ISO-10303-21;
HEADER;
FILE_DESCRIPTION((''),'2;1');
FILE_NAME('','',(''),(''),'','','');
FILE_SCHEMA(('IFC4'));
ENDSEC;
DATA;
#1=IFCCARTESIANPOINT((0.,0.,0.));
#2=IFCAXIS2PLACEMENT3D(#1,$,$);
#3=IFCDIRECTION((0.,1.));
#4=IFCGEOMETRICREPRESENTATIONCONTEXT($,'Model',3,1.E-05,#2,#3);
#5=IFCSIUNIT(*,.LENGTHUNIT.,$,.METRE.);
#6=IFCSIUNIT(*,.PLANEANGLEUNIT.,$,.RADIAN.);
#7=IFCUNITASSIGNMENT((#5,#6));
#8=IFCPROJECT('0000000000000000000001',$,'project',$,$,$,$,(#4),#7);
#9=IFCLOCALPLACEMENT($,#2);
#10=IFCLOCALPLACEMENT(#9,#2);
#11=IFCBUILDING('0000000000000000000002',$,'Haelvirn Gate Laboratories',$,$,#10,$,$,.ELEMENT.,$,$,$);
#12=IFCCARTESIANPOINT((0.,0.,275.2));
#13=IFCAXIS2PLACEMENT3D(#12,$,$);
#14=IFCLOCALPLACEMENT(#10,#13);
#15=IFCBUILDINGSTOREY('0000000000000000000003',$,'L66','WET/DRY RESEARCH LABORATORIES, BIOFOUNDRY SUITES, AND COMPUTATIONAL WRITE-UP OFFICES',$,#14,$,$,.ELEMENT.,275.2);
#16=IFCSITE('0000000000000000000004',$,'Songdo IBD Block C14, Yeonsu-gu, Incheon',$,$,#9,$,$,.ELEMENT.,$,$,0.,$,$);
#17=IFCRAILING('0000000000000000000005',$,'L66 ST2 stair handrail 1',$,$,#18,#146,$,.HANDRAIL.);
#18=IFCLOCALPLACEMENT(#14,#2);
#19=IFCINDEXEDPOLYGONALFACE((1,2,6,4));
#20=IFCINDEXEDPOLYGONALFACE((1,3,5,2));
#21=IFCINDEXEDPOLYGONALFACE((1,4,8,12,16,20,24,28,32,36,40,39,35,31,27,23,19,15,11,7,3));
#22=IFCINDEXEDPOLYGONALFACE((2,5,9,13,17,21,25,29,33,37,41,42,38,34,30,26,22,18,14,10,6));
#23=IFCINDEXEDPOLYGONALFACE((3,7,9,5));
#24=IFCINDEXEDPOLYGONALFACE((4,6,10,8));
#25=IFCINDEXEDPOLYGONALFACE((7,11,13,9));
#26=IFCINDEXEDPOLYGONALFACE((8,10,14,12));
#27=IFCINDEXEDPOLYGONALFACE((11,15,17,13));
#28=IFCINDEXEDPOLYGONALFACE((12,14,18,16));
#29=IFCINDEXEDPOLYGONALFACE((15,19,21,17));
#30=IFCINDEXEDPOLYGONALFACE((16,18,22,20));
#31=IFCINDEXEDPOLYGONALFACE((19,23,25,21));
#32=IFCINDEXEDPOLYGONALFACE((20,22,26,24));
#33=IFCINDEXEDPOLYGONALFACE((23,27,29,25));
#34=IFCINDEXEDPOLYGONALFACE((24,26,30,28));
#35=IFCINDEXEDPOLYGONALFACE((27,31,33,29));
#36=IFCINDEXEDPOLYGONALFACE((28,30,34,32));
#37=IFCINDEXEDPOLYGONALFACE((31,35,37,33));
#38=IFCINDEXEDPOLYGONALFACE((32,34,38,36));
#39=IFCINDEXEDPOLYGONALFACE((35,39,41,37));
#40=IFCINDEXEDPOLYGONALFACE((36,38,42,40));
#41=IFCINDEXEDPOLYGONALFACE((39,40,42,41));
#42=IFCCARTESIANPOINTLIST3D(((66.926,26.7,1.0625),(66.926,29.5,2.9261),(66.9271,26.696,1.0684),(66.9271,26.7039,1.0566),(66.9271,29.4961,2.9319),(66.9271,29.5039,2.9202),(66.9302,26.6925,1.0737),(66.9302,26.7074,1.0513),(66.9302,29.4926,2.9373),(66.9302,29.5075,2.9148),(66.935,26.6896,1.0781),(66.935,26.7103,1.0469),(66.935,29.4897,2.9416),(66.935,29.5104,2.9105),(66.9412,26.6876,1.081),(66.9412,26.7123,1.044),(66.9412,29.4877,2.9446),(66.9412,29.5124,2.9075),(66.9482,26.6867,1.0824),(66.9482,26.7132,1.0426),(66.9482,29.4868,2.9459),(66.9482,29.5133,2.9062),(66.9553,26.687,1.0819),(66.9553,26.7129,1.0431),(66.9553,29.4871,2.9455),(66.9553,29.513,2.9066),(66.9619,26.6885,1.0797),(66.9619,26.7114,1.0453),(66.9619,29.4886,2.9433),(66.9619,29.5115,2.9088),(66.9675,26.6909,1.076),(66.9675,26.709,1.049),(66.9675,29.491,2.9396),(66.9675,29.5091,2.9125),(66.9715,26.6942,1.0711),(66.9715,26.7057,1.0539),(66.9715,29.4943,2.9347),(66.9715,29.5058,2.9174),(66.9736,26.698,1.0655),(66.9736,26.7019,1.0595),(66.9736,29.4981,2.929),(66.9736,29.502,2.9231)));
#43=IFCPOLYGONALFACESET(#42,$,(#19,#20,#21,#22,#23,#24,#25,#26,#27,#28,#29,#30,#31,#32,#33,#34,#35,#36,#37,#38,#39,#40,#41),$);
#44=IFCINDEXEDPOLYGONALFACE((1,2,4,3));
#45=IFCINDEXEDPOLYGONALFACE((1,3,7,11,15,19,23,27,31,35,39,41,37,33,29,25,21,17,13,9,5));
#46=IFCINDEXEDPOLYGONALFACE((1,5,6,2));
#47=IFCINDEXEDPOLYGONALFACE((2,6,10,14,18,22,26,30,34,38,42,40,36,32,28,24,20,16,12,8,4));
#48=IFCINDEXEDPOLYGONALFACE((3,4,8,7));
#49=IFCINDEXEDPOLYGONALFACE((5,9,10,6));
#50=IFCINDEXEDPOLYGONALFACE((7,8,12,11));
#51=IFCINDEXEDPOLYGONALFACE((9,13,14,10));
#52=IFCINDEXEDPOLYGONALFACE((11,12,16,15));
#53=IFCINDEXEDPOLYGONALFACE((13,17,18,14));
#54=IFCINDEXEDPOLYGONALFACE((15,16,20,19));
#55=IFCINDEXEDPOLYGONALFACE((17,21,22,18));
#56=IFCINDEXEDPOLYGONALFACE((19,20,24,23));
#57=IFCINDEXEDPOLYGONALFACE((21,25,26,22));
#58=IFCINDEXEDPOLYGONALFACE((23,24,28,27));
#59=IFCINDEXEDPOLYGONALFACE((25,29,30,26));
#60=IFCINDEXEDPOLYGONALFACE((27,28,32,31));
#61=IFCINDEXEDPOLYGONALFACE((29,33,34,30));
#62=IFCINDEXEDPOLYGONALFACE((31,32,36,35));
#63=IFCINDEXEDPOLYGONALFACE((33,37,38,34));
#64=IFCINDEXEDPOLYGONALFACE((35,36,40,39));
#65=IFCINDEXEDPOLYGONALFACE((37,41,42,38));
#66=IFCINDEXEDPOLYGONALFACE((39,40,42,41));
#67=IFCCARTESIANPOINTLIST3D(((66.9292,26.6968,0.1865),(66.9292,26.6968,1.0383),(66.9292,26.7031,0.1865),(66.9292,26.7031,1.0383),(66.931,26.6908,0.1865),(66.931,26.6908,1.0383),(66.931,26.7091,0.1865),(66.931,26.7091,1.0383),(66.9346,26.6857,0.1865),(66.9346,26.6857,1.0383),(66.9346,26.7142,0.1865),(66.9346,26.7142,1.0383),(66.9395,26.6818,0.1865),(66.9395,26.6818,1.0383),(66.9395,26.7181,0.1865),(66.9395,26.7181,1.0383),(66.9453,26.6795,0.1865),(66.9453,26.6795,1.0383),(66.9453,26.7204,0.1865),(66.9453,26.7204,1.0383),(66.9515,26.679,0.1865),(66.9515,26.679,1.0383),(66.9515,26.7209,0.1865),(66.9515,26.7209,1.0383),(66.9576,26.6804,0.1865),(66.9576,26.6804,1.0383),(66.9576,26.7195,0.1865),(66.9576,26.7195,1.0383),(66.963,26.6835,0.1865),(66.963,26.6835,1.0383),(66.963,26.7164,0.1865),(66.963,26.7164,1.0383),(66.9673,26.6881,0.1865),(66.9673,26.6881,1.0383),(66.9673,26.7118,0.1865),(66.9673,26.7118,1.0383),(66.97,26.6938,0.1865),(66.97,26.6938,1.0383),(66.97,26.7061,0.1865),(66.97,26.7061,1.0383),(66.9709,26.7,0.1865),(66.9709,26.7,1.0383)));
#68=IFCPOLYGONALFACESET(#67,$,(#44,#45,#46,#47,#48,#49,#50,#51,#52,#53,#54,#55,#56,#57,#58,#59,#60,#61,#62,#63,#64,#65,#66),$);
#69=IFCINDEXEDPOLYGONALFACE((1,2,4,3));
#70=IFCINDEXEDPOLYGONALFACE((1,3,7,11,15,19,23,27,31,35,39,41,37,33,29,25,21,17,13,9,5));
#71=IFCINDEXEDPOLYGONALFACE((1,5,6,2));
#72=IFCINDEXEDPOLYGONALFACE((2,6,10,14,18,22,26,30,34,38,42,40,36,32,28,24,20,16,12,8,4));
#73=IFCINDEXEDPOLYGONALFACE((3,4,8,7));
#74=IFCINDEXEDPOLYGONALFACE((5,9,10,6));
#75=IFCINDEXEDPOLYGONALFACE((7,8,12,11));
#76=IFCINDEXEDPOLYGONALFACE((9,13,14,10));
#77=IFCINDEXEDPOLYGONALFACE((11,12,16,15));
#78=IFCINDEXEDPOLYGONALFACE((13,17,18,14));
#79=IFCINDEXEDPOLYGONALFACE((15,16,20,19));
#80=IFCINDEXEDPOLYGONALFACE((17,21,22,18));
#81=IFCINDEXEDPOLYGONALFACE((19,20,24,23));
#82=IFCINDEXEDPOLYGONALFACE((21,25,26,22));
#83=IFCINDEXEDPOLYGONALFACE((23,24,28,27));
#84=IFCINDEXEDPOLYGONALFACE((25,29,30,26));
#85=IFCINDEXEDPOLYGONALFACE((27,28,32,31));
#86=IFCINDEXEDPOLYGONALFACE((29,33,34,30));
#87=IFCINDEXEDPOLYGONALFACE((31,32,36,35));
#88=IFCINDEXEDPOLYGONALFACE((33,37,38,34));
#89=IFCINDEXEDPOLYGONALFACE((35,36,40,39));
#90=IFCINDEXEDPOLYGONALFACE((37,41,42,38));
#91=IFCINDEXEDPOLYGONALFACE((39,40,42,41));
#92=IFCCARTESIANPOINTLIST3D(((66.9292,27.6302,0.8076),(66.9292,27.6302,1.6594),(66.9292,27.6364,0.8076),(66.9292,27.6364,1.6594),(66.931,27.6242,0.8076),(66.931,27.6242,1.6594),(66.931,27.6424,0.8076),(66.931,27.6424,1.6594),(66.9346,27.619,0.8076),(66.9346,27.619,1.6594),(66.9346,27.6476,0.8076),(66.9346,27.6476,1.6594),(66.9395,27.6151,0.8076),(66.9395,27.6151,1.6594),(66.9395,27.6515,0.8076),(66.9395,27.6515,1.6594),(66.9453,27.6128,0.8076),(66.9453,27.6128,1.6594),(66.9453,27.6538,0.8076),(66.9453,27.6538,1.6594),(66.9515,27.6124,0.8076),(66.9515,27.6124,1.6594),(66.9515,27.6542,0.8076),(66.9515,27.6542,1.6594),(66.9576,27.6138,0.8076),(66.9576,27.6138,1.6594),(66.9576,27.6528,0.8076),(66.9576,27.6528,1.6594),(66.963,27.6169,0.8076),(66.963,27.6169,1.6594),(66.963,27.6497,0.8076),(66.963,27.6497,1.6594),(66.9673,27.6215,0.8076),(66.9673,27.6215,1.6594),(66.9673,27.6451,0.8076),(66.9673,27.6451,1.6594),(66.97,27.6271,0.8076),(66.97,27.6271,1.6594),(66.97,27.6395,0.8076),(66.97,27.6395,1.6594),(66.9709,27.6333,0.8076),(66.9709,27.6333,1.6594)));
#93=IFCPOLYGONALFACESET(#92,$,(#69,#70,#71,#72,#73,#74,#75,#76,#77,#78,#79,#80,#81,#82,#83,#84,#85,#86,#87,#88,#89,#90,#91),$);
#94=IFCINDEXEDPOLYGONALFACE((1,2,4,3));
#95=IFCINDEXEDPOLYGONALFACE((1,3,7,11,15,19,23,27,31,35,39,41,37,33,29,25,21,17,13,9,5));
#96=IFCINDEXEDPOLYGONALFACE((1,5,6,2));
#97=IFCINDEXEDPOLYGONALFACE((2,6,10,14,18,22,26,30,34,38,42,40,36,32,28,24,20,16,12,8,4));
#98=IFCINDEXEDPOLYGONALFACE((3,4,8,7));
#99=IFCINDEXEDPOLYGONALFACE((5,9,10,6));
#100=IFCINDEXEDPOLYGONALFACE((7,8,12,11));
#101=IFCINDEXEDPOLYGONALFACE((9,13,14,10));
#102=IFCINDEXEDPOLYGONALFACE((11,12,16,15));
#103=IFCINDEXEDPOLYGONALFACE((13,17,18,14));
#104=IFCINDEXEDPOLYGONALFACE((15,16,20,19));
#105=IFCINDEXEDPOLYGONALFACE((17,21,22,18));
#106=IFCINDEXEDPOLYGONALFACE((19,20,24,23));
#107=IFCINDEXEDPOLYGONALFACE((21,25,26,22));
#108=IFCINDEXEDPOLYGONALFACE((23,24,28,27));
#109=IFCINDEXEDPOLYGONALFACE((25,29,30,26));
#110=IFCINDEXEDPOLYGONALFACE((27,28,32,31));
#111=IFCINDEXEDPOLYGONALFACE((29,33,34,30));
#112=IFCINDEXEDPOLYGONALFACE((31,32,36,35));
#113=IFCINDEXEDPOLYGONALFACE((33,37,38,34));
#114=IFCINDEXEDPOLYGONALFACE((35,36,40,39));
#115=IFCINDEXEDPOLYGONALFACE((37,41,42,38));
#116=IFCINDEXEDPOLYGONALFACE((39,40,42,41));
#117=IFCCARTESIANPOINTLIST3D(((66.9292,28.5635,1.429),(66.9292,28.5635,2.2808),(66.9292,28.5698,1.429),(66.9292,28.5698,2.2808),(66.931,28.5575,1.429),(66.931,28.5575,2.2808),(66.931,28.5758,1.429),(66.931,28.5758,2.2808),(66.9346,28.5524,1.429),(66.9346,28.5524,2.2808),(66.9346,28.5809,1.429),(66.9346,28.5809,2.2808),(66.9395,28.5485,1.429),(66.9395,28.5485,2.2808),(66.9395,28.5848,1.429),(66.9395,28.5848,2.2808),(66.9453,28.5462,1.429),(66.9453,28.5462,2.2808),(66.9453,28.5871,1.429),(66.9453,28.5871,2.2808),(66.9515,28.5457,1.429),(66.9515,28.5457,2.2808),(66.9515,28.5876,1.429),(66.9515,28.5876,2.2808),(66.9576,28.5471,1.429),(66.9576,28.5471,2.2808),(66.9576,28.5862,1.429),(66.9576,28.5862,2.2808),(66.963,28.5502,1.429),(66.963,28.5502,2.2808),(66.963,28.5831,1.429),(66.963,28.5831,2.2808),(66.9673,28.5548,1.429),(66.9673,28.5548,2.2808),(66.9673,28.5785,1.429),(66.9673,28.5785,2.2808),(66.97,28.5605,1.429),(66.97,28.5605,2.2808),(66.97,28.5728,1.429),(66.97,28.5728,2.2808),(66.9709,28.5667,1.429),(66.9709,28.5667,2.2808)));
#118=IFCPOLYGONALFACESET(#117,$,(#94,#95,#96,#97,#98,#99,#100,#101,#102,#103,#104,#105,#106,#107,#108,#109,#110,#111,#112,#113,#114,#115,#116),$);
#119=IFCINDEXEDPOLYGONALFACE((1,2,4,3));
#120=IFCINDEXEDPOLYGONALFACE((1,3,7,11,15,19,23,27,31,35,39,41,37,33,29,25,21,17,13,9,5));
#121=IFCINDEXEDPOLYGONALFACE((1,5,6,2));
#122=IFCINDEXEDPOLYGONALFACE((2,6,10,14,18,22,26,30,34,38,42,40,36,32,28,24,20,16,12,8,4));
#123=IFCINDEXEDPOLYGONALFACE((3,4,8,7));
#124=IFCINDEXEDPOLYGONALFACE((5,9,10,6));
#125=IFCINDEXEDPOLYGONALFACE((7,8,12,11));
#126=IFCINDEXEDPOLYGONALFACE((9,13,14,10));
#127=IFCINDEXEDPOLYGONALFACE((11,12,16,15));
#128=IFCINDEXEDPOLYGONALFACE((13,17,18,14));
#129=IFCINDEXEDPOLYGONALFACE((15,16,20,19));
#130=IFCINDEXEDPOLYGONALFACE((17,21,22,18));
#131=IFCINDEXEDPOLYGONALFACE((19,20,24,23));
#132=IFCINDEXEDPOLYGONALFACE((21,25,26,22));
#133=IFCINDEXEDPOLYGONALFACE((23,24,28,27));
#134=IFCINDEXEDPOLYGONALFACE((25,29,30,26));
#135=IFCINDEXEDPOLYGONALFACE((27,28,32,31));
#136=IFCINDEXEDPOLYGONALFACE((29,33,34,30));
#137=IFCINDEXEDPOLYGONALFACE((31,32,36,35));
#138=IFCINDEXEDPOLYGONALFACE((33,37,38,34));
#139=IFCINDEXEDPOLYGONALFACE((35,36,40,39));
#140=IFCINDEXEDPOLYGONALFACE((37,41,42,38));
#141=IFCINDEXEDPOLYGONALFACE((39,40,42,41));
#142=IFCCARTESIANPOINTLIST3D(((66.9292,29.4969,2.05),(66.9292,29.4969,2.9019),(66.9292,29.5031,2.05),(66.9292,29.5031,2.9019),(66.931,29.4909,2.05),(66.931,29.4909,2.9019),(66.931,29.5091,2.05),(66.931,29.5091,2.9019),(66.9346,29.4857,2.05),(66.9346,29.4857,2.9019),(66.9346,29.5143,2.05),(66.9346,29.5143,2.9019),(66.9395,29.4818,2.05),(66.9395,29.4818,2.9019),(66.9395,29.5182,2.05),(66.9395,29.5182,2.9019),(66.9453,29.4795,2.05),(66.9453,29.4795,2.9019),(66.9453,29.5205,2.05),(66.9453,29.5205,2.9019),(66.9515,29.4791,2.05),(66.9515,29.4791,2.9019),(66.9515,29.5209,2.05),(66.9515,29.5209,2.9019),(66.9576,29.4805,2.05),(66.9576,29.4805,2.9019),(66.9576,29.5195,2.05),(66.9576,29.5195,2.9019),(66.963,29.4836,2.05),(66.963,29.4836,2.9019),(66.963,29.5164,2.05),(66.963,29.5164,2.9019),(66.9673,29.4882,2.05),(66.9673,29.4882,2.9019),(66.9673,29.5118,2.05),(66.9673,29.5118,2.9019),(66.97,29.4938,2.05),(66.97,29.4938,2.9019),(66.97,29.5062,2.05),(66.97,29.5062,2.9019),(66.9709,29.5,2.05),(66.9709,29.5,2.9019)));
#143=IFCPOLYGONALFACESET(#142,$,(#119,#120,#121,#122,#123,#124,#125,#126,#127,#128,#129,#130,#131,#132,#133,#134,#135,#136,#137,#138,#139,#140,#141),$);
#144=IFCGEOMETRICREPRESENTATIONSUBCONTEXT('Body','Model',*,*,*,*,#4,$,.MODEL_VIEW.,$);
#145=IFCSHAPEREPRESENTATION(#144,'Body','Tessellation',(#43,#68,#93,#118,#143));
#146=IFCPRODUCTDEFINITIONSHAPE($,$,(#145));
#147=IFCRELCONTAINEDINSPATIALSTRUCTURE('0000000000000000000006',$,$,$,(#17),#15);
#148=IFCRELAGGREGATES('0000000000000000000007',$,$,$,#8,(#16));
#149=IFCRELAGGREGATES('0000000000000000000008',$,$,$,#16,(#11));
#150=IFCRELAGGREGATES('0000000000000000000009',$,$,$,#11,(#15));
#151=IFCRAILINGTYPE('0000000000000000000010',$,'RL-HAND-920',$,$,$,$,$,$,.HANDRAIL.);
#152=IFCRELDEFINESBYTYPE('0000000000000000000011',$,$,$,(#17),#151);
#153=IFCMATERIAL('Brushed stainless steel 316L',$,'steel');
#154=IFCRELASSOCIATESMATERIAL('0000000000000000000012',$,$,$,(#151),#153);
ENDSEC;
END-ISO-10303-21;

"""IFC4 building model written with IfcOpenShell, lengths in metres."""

from ifc_helpers import new_model, si_unit, direction, frame, origin, origin_2d, place, context, subcontext, project, spatial, circle, extrude, source, transform, mapped, material, type_object, element, save


model = new_model("IFC4")

# Units and contexts
model_context = context("Model", 3, precision=1e-05, world=origin(), true_north=direction((0.0, 1.0)))
body_context = subcontext(model_context, "Body", "Model", "MODEL_VIEW")
ifc_project = project(units=[si_unit("LENGTHUNIT", "METRE"), si_unit("PLANEANGLEUNIT", "RADIAN")], contexts=[model_context])

# Site, building, storey
site_placement = place(None, origin())
site = spatial("IfcSite", under=ifc_project, at=site_placement, Name="Songdo IBD Block C14, Yeonsu-gu, Incheon", CompositionType="ELEMENT", RefElevation=0.0)
building_placement = place(site_placement, origin())
building = spatial("IfcBuilding", under=site, at=building_placement, Name="Haelvirn Gate Laboratories", CompositionType="ELEMENT")
storey_placement = place(building_placement, frame((0.0, 0.0, 275.2)))
storey = spatial("IfcBuildingStorey", under=building, at=storey_placement, Name="L66", Description="WET/DRY RESEARCH LABORATORIES, BIOFOUNDRY SUITES, AND COMPUTATIONAL WRITE-UP OFFICES", CompositionType="ELEMENT", Elevation=275.2)

# Railing
ifc_material_1 = material(Name="Brushed stainless steel 316L", Category="steel")
railing_type_1 = type_object("IfcRailingType", Name="RL-HAND-920", PredefinedType="HANDRAIL", material=ifc_material_1)
shared_shape_1 = source(origin(), body_context, "Body", "SweptSolid", [
    extrude(circle(Radius=0.0239, at=origin_2d()), frame((0.0, 0.0, 0.876), z_axis=(0.0, 0.832486, 0.554047), x_axis=(-1.0, 0.0, 0.0)), (0.0, 0.0, 1.0), 3.3635),
    extrude(circle(Radius=0.021, at=origin_2d()), origin(), (0.0, 0.0, 1.0), 0.8518),
    extrude(circle(Radius=0.021, at=origin_2d()), frame((0.0, 0.9333, 0.6211)), (0.0, 0.0, 1.0), 0.8518),
    extrude(circle(Radius=0.021, at=origin_2d()), frame((0.0, 1.8667, 1.2424)), (0.0, 0.0, 1.0), 0.8518),
    extrude(circle(Radius=0.021, at=origin_2d()), frame((0.0, 2.8, 1.8635)), (0.0, 0.0, 1.0), 0.8518),
])
railing_1_placement = place(storey_placement, frame((66.95, 26.7, 0.1865)))
element("IfcRailing", 1, at=railing_1_placement, inside=storey, type_object=railing_type_1, Name="L66 ST2 stair handrail 1", PredefinedType="HANDRAIL", context=body_context, shape_type="MappedRepresentation", body=[
    mapped(shared_shape_1, transform((0.0, 0.0, 0.0), scale=1.0)),
])

save(model, "model.ifc")
